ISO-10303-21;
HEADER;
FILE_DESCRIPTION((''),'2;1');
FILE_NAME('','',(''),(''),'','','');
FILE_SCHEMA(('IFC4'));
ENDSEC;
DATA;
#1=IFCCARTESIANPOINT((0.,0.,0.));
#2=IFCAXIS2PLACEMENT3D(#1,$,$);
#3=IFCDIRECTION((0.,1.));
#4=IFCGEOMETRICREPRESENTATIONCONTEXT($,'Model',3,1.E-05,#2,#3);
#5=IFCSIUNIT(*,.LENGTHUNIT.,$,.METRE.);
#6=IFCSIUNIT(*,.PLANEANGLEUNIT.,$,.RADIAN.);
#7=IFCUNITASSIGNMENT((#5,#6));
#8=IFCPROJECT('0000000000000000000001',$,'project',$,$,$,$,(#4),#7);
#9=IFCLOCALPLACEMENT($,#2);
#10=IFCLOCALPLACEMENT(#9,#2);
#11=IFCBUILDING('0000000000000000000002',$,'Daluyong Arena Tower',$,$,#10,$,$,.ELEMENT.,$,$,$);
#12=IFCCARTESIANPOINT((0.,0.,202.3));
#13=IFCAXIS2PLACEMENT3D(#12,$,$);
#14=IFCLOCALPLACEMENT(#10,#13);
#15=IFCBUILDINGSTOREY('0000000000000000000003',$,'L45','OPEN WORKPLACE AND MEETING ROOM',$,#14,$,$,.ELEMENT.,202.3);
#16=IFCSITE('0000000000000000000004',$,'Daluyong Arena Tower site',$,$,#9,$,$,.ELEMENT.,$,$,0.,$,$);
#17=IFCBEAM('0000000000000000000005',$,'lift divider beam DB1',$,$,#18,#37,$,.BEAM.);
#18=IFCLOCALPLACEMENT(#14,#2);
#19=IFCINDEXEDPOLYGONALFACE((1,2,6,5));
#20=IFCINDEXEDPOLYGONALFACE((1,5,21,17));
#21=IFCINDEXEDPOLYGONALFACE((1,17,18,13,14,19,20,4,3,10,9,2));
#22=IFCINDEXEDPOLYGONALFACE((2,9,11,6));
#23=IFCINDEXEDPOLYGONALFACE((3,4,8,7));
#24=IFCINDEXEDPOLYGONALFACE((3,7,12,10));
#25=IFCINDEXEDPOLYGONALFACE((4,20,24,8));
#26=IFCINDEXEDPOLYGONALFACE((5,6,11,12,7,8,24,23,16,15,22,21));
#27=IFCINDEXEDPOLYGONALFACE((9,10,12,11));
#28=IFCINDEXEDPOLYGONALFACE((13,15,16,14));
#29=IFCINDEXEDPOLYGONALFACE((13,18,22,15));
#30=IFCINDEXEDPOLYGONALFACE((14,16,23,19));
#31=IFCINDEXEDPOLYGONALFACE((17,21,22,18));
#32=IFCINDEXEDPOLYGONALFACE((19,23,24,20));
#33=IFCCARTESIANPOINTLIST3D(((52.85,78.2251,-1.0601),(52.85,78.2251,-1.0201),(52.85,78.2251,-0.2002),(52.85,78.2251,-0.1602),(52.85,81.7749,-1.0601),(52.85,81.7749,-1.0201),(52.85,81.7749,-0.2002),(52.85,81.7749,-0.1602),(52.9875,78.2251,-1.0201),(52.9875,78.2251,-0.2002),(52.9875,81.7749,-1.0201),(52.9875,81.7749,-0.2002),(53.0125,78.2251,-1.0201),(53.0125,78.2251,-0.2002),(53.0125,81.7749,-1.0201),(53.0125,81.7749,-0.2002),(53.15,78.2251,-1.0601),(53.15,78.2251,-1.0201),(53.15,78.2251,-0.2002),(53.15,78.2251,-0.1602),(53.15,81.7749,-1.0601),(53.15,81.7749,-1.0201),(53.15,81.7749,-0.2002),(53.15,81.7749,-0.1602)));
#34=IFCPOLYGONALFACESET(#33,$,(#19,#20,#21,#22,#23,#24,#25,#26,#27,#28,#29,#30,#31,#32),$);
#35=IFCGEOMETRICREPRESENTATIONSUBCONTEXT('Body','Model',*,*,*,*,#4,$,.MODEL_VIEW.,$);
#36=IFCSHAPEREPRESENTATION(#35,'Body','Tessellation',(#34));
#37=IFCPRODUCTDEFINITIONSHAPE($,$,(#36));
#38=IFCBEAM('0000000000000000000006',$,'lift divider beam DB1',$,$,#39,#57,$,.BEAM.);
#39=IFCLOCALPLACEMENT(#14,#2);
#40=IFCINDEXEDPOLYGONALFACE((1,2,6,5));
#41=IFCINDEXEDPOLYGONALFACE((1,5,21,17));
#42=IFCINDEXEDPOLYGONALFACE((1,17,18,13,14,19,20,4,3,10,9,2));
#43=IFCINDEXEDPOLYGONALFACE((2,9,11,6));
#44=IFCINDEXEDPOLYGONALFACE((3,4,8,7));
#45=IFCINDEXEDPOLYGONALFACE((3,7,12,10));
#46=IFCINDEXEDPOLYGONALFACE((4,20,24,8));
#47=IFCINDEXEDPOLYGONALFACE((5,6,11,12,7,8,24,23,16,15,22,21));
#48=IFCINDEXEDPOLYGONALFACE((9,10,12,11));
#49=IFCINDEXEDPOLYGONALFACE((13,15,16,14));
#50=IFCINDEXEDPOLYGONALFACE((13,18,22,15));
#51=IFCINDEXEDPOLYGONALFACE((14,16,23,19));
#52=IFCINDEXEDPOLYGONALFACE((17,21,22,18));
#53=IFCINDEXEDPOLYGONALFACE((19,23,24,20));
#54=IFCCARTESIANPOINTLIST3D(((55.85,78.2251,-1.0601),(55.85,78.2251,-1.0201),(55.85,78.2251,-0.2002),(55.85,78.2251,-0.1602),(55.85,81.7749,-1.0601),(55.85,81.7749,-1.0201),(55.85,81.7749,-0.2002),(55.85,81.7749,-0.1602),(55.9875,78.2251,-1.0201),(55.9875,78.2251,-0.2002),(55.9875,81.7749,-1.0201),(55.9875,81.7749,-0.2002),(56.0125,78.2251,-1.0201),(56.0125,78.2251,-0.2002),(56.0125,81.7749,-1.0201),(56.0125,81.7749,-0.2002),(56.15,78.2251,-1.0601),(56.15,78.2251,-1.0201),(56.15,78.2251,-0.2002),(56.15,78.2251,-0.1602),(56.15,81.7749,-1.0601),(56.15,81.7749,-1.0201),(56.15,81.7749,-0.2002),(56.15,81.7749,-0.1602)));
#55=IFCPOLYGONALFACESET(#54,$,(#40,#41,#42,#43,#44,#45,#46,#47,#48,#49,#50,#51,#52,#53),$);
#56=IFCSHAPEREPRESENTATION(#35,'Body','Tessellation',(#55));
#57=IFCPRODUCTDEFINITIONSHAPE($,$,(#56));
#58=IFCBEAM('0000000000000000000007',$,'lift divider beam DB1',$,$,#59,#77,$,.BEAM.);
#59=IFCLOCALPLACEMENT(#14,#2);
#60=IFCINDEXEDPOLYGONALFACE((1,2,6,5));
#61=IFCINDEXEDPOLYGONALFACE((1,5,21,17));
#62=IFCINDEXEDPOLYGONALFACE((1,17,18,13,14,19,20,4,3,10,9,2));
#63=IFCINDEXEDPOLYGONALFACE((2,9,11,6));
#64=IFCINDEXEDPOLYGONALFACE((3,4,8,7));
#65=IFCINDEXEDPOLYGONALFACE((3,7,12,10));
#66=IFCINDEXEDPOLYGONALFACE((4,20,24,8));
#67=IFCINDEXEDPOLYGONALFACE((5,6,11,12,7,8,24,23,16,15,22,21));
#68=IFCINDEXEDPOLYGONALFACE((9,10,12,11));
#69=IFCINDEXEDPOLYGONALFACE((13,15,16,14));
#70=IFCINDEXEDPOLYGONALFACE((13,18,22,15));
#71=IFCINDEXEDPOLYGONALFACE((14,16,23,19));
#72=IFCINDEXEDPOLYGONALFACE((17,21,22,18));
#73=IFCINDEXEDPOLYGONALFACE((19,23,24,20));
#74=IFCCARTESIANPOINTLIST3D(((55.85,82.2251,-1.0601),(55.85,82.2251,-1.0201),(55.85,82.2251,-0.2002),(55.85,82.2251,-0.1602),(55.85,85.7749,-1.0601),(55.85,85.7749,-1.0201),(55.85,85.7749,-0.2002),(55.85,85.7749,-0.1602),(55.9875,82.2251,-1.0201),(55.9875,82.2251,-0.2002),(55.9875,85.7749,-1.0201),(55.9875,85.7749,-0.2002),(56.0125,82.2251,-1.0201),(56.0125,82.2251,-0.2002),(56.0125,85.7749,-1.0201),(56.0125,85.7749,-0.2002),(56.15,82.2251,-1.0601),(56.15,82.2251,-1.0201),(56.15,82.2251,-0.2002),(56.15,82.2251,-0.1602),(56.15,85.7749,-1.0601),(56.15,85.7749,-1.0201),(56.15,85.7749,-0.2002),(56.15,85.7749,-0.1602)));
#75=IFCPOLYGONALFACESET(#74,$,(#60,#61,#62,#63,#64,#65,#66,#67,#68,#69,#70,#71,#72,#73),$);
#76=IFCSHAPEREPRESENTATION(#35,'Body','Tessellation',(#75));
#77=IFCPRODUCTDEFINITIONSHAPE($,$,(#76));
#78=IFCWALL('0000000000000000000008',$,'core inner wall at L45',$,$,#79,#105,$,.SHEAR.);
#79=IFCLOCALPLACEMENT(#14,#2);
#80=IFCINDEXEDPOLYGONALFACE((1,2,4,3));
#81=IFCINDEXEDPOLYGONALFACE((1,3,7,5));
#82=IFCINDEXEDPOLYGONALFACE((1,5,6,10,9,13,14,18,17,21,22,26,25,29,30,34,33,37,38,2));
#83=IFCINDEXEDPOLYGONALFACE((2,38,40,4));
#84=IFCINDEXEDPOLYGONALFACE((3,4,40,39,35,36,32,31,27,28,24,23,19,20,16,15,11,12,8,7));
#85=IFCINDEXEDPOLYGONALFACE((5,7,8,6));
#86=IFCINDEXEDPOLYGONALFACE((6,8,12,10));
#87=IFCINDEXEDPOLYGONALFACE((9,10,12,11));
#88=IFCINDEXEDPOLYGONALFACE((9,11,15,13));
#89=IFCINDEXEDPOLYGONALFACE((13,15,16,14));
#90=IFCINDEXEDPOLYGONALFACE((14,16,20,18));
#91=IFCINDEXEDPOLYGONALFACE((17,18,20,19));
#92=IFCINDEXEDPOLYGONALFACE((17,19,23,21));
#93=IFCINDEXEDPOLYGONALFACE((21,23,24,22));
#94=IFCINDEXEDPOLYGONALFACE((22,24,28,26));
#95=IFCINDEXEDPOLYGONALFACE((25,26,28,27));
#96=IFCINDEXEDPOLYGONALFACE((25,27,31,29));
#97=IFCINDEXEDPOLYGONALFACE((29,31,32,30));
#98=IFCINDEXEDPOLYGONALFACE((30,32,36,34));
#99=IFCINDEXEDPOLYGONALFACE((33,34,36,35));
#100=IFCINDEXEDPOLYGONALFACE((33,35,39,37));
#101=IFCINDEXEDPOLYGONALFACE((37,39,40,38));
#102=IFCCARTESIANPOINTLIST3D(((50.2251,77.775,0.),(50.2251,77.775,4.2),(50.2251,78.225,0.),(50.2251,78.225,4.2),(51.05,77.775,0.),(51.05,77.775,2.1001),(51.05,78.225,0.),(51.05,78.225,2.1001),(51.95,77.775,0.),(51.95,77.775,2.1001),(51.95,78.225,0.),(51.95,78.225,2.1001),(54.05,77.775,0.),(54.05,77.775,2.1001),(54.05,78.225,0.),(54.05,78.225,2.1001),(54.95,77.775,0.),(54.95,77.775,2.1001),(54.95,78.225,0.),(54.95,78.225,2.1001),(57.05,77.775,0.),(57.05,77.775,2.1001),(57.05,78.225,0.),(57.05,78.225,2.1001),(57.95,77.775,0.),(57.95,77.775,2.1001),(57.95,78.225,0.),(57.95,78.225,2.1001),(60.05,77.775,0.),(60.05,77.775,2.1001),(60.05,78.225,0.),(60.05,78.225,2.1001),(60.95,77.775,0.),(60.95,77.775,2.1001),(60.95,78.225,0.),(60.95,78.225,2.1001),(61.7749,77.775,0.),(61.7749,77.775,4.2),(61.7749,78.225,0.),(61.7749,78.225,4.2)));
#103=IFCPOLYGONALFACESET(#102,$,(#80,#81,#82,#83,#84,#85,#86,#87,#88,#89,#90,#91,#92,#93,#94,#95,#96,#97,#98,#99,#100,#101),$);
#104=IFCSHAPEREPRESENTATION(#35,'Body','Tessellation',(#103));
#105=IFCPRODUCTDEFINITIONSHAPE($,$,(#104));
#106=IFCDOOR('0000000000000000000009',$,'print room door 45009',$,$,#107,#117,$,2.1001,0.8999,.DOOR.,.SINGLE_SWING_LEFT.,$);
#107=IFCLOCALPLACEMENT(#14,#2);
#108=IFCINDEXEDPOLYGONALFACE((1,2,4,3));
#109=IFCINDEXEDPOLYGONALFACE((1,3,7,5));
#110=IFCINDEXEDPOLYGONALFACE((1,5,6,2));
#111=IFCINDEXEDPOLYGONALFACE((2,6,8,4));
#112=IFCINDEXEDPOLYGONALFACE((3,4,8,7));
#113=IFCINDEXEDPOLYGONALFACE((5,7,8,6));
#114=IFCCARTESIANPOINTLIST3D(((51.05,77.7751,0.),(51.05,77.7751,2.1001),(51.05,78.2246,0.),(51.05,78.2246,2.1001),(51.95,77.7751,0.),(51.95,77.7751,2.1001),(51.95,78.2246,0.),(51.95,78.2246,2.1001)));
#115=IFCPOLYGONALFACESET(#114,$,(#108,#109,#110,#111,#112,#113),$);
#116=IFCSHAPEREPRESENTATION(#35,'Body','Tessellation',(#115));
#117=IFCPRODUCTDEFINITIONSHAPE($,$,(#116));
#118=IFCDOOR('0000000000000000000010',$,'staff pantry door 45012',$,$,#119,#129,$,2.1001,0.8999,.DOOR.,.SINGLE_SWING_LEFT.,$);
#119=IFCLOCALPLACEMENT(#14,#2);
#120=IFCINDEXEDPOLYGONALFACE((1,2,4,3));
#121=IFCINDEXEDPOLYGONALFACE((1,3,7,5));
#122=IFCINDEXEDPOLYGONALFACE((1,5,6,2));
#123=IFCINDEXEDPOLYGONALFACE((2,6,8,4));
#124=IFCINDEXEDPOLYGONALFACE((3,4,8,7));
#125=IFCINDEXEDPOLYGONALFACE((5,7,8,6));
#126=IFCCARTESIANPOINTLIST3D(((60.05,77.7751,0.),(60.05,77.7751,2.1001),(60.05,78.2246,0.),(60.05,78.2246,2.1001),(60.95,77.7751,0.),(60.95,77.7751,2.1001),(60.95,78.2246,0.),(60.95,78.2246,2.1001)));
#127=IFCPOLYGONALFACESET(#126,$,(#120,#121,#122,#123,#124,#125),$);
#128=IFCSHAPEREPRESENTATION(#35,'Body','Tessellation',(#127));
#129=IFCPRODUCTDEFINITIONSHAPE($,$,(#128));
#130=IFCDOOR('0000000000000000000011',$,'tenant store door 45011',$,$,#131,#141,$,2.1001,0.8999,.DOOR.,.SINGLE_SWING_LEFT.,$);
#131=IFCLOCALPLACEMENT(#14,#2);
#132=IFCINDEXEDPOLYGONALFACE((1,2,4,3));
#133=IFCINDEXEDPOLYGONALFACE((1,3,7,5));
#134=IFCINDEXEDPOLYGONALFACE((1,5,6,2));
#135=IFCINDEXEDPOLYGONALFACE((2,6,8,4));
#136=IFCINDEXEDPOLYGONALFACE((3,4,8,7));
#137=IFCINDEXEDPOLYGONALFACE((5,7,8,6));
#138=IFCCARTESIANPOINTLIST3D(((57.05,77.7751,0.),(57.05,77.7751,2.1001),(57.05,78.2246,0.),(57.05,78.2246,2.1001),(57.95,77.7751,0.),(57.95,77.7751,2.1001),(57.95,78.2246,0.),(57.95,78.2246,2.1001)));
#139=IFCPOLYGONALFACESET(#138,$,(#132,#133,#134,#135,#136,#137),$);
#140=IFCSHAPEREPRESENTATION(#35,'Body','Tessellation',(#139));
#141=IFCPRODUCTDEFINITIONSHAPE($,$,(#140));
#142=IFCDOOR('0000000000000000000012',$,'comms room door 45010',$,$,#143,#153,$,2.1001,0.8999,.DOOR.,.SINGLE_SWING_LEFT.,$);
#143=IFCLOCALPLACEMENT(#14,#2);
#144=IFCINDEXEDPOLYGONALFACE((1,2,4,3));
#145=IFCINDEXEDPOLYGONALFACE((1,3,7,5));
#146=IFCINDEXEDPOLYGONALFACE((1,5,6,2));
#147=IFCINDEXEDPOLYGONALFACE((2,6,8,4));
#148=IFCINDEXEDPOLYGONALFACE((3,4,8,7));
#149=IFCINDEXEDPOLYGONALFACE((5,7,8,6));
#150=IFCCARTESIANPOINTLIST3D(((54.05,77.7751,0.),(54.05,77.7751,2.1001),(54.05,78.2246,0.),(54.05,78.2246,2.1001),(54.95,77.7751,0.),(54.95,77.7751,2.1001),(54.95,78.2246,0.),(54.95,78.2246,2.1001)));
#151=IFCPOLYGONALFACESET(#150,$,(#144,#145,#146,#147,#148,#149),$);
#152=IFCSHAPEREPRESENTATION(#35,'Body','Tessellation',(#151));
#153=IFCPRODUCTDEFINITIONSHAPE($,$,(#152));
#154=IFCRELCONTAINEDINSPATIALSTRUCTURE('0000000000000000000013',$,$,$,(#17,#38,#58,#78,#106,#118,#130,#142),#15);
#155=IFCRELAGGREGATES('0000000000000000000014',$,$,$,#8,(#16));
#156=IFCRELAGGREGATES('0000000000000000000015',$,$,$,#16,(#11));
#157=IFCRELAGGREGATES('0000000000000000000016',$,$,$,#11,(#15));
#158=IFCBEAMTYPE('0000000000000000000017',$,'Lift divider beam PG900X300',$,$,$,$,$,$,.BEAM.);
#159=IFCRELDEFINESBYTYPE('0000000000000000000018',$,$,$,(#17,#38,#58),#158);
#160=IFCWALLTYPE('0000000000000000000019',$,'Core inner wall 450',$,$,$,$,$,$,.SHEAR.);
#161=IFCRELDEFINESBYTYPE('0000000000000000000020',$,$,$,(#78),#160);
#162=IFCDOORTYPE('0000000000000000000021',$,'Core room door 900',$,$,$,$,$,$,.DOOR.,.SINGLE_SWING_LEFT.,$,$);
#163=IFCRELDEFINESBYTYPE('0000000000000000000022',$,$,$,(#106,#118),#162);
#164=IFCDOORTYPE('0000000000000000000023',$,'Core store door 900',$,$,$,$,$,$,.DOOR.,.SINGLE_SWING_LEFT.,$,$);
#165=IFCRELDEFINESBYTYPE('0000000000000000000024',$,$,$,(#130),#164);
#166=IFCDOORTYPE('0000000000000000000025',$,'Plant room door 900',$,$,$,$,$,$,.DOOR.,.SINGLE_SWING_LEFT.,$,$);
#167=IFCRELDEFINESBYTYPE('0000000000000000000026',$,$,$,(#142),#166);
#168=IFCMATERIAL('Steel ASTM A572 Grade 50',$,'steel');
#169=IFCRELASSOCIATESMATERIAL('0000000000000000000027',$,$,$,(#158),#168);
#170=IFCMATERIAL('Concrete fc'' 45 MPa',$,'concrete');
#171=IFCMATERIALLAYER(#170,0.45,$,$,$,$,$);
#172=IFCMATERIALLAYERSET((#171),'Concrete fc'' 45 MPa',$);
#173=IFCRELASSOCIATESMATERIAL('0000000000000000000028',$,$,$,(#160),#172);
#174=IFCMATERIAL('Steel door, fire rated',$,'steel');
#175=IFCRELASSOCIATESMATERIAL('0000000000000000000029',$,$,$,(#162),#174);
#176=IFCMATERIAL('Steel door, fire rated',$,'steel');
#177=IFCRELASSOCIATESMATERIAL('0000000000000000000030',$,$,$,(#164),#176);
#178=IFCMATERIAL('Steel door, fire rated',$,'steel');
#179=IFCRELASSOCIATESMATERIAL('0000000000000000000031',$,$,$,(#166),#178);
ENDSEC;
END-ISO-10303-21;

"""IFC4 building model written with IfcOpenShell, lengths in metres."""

from ifc_helpers import new_model, si_unit, direction, frame, frame_2d, origin, origin_2d, place, context, subcontext, project, spatial, rectangle, i_section, extrude, material, layer, layer_set, material_profile, profile_set, type_object, element, fill, save


model = new_model("IFC4")

# Units and contexts
model_context = context("Model", 3, precision=1e-05, world=origin(), true_north=direction((0.0, 1.0)))
body_context = subcontext(model_context, "Body", "Model", "MODEL_VIEW")
ifc_project = project(units=[si_unit("LENGTHUNIT", "METRE"), si_unit("PLANEANGLEUNIT", "RADIAN")], contexts=[model_context])

# Site, building, storey
site_placement = place(None, origin())
site = spatial("IfcSite", under=ifc_project, at=site_placement, Name="Daluyong Arena Tower site", CompositionType="ELEMENT", RefElevation=0.0)
building_placement = place(site_placement, origin())
building = spatial("IfcBuilding", under=site, at=building_placement, Name="Daluyong Arena Tower", CompositionType="ELEMENT")
storey_placement = place(building_placement, frame((0.0, 0.0, 202.3)))
storey = spatial("IfcBuildingStorey", under=building, at=storey_placement, Name="L45", Description="OPEN WORKPLACE AND MEETING ROOM", CompositionType="ELEMENT", Elevation=202.3)

# Beams
ifc_material_1 = material(Name="Steel ASTM A572 Grade 50", Category="steel")
ifc_material_profile = material_profile(ifc_material_1, i_section(OverallWidth=0.3, OverallDepth=0.8999, WebThickness=0.025, FlangeThickness=0.04, at=origin_2d()))
ifc_profile_set = profile_set([ifc_material_profile], Name="Steel ASTM A572 Grade 50")
beam_type = type_object("IfcBeamType", Name="Lift divider beam PG900X300", PredefinedType="BEAM", material=ifc_profile_set)
for number, where, z_axis, x_axis, name in (
    (1, (53.0, 78.2251, -0.6101), (0.0, 1.0, 0.0), (-1.0, 0.0, 0.0), "lift divider beam DB1"),
    (2, (56.0, 78.2251, -0.6101), (0.0, 1.0, 0.0), (-1.0, 0.0, 0.0), "lift divider beam DB1"),
    (3, (56.0, 82.2251, -0.6101), (0.0, 1.0, 0.0), (-1.0, 0.0, 0.0), "lift divider beam DB1"),
):
    element("IfcBeam", number, at=place(storey_placement, frame(where, z_axis=z_axis, x_axis=x_axis)), inside=storey, type_object=beam_type, Name=name, PredefinedType="BEAM", context=body_context, shape_type="SweptSolid", body=[
        extrude(i_section(OverallWidth=0.3, OverallDepth=0.8999, WebThickness=0.025, FlangeThickness=0.04, at=origin_2d()), origin(), (0.0, 0.0, 1.0), 3.5498),
    ])

# Wall, openings, doors
ifc_material_2 = material(Name="Concrete fc' 45 MPa", Category="concrete")
ifc_layer_1 = layer(ifc_material_2, 0.45)
ifc_layer_set_1 = layer_set([ifc_layer_1], Name="Concrete fc' 45 MPa")
wall_type_1 = type_object("IfcWallType", Name="Core inner wall 450", PredefinedType="SHEAR", material=ifc_layer_set_1)
wall_1_placement = place(storey_placement, frame((50.2251, 78.0, 0.0), z_axis=(0.0, 0.0, 1.0), x_axis=(1.0, 0.0, 0.0)))
wall_1 = element("IfcWall", 4, at=wall_1_placement, inside=storey, type_object=wall_type_1, Name="core inner wall at L45", PredefinedType="SHEAR", context=body_context, shape_type="SweptSolid", body=[
    extrude(rectangle(XDim=11.5498, YDim=0.45, at=frame_2d((5.7749, 0.0))), origin(), (0.0, 0.0, 1.0), 4.2),
])
opening_1_placement = place(wall_1_placement, frame((0.825, 0.0, 0.0)))
opening_1 = element("IfcOpeningElement", 5, at=opening_1_placement, cuts=wall_1, PredefinedType="OPENING", context=body_context, shape_type="SweptSolid", body=[
    extrude(rectangle(XDim=0.8999, YDim=2.1001, at=frame_2d((0.45, 1.05))), frame((0.0, 0.2349, 0.0), z_axis=(0.0, -1.0, 0.0), x_axis=(1.0, 0.0, 0.0)), (0.0, 0.0, 1.0), 0.47),
])
opening_2_placement = place(wall_1_placement, frame((3.825, 0.0, 0.0)))
opening_2 = element("IfcOpeningElement", 6, at=opening_2_placement, cuts=wall_1, PredefinedType="OPENING", context=body_context, shape_type="SweptSolid", body=[
    extrude(rectangle(XDim=0.8999, YDim=2.1001, at=frame_2d((0.45, 1.05))), frame((0.0, 0.2349, 0.0), z_axis=(0.0, -1.0, 0.0), x_axis=(1.0, 0.0, 0.0)), (0.0, 0.0, 1.0), 0.47),
])
opening_3_placement = place(wall_1_placement, frame((6.825, 0.0, 0.0)))
opening_3 = element("IfcOpeningElement", 7, at=opening_3_placement, cuts=wall_1, PredefinedType="OPENING", context=body_context, shape_type="SweptSolid", body=[
    extrude(rectangle(XDim=0.8999, YDim=2.1001, at=frame_2d((0.45, 1.05))), frame((0.0, 0.2349, 0.0), z_axis=(0.0, -1.0, 0.0), x_axis=(1.0, 0.0, 0.0)), (0.0, 0.0, 1.0), 0.47),
])
opening_4_placement = place(wall_1_placement, frame((9.825, 0.0, 0.0)))
opening_4 = element("IfcOpeningElement", 8, at=opening_4_placement, cuts=wall_1, PredefinedType="OPENING", context=body_context, shape_type="SweptSolid", body=[
    extrude(rectangle(XDim=0.8999, YDim=2.1001, at=frame_2d((0.45, 1.05))), frame((0.0, 0.2349, 0.0), z_axis=(0.0, -1.0, 0.0), x_axis=(1.0, 0.0, 0.0)), (0.0, 0.0, 1.0), 0.47),
])
ifc_material_3 = material(Name="Steel door, fire rated", Category="steel")
door_type_1 = type_object("IfcDoorType", Name="Core room door 900", OperationType="SINGLE_SWING_LEFT", PredefinedType="DOOR", material=ifc_material_3)
door_1_placement = place(opening_1_placement, origin())
door_1 = element("IfcDoor", 9, at=door_1_placement, inside=storey, type_object=door_type_1, Name="print room door 45009", OperationType="SINGLE_SWING_LEFT", OverallHeight=2.1001, OverallWidth=0.8999, PredefinedType="DOOR", context=body_context, shape_type="SweptSolid", body=[
    extrude(rectangle(XDim=0.8999, YDim=2.1001, at=frame_2d((0.45, 1.05))), frame((0.0, 0.2246, 0.0), z_axis=(0.0, -1.0, 0.0), x_axis=(1.0, 0.0, 0.0)), (0.0, 0.0, 1.0), 0.4495),
])
fill(opening_1, door_1)
door_2_placement = place(opening_4_placement, origin())
door_2 = element("IfcDoor", 10, at=door_2_placement, inside=storey, type_object=door_type_1, Name="staff pantry door 45012", OperationType="SINGLE_SWING_LEFT", OverallHeight=2.1001, OverallWidth=0.8999, PredefinedType="DOOR", context=body_context, shape_type="SweptSolid", body=[
    extrude(rectangle(XDim=0.8999, YDim=2.1001, at=frame_2d((0.45, 1.05))), frame((0.0, 0.2246, 0.0), z_axis=(0.0, -1.0, 0.0), x_axis=(1.0, 0.0, 0.0)), (0.0, 0.0, 1.0), 0.4495),
])
fill(opening_4, door_2)
ifc_material_4 = material(Name="Steel door, fire rated", Category="steel")
door_type_2 = type_object("IfcDoorType", Name="Core store door 900", OperationType="SINGLE_SWING_LEFT", PredefinedType="DOOR", material=ifc_material_4)
door_3_placement = place(opening_3_placement, origin())
door_3 = element("IfcDoor", 11, at=door_3_placement, inside=storey, type_object=door_type_2, Name="tenant store door 45011", OperationType="SINGLE_SWING_LEFT", OverallHeight=2.1001, OverallWidth=0.8999, PredefinedType="DOOR", context=body_context, shape_type="SweptSolid", body=[
    extrude(rectangle(XDim=0.8999, YDim=2.1001, at=frame_2d((0.45, 1.05))), frame((0.0, 0.2246, 0.0), z_axis=(0.0, -1.0, 0.0), x_axis=(1.0, 0.0, 0.0)), (0.0, 0.0, 1.0), 0.4495),
])
fill(opening_3, door_3)
ifc_material_5 = material(Name="Steel door, fire rated", Category="steel")
door_type_3 = type_object("IfcDoorType", Name="Plant room door 900", OperationType="SINGLE_SWING_LEFT", PredefinedType="DOOR", material=ifc_material_5)
door_4_placement = place(opening_2_placement, origin())
door_4 = element("IfcDoor", 12, at=door_4_placement, inside=storey, type_object=door_type_3, Name="comms room door 45010", OperationType="SINGLE_SWING_LEFT", OverallHeight=2.1001, OverallWidth=0.8999, PredefinedType="DOOR", context=body_context, shape_type="SweptSolid", body=[
    extrude(rectangle(XDim=0.8999, YDim=2.1001, at=frame_2d((0.45, 1.05))), frame((0.0, 0.2246, 0.0), z_axis=(0.0, -1.0, 0.0), x_axis=(1.0, 0.0, 0.0)), (0.0, 0.0, 1.0), 0.4495),
])
fill(opening_2, door_4)

save(model, "model.ifc")
